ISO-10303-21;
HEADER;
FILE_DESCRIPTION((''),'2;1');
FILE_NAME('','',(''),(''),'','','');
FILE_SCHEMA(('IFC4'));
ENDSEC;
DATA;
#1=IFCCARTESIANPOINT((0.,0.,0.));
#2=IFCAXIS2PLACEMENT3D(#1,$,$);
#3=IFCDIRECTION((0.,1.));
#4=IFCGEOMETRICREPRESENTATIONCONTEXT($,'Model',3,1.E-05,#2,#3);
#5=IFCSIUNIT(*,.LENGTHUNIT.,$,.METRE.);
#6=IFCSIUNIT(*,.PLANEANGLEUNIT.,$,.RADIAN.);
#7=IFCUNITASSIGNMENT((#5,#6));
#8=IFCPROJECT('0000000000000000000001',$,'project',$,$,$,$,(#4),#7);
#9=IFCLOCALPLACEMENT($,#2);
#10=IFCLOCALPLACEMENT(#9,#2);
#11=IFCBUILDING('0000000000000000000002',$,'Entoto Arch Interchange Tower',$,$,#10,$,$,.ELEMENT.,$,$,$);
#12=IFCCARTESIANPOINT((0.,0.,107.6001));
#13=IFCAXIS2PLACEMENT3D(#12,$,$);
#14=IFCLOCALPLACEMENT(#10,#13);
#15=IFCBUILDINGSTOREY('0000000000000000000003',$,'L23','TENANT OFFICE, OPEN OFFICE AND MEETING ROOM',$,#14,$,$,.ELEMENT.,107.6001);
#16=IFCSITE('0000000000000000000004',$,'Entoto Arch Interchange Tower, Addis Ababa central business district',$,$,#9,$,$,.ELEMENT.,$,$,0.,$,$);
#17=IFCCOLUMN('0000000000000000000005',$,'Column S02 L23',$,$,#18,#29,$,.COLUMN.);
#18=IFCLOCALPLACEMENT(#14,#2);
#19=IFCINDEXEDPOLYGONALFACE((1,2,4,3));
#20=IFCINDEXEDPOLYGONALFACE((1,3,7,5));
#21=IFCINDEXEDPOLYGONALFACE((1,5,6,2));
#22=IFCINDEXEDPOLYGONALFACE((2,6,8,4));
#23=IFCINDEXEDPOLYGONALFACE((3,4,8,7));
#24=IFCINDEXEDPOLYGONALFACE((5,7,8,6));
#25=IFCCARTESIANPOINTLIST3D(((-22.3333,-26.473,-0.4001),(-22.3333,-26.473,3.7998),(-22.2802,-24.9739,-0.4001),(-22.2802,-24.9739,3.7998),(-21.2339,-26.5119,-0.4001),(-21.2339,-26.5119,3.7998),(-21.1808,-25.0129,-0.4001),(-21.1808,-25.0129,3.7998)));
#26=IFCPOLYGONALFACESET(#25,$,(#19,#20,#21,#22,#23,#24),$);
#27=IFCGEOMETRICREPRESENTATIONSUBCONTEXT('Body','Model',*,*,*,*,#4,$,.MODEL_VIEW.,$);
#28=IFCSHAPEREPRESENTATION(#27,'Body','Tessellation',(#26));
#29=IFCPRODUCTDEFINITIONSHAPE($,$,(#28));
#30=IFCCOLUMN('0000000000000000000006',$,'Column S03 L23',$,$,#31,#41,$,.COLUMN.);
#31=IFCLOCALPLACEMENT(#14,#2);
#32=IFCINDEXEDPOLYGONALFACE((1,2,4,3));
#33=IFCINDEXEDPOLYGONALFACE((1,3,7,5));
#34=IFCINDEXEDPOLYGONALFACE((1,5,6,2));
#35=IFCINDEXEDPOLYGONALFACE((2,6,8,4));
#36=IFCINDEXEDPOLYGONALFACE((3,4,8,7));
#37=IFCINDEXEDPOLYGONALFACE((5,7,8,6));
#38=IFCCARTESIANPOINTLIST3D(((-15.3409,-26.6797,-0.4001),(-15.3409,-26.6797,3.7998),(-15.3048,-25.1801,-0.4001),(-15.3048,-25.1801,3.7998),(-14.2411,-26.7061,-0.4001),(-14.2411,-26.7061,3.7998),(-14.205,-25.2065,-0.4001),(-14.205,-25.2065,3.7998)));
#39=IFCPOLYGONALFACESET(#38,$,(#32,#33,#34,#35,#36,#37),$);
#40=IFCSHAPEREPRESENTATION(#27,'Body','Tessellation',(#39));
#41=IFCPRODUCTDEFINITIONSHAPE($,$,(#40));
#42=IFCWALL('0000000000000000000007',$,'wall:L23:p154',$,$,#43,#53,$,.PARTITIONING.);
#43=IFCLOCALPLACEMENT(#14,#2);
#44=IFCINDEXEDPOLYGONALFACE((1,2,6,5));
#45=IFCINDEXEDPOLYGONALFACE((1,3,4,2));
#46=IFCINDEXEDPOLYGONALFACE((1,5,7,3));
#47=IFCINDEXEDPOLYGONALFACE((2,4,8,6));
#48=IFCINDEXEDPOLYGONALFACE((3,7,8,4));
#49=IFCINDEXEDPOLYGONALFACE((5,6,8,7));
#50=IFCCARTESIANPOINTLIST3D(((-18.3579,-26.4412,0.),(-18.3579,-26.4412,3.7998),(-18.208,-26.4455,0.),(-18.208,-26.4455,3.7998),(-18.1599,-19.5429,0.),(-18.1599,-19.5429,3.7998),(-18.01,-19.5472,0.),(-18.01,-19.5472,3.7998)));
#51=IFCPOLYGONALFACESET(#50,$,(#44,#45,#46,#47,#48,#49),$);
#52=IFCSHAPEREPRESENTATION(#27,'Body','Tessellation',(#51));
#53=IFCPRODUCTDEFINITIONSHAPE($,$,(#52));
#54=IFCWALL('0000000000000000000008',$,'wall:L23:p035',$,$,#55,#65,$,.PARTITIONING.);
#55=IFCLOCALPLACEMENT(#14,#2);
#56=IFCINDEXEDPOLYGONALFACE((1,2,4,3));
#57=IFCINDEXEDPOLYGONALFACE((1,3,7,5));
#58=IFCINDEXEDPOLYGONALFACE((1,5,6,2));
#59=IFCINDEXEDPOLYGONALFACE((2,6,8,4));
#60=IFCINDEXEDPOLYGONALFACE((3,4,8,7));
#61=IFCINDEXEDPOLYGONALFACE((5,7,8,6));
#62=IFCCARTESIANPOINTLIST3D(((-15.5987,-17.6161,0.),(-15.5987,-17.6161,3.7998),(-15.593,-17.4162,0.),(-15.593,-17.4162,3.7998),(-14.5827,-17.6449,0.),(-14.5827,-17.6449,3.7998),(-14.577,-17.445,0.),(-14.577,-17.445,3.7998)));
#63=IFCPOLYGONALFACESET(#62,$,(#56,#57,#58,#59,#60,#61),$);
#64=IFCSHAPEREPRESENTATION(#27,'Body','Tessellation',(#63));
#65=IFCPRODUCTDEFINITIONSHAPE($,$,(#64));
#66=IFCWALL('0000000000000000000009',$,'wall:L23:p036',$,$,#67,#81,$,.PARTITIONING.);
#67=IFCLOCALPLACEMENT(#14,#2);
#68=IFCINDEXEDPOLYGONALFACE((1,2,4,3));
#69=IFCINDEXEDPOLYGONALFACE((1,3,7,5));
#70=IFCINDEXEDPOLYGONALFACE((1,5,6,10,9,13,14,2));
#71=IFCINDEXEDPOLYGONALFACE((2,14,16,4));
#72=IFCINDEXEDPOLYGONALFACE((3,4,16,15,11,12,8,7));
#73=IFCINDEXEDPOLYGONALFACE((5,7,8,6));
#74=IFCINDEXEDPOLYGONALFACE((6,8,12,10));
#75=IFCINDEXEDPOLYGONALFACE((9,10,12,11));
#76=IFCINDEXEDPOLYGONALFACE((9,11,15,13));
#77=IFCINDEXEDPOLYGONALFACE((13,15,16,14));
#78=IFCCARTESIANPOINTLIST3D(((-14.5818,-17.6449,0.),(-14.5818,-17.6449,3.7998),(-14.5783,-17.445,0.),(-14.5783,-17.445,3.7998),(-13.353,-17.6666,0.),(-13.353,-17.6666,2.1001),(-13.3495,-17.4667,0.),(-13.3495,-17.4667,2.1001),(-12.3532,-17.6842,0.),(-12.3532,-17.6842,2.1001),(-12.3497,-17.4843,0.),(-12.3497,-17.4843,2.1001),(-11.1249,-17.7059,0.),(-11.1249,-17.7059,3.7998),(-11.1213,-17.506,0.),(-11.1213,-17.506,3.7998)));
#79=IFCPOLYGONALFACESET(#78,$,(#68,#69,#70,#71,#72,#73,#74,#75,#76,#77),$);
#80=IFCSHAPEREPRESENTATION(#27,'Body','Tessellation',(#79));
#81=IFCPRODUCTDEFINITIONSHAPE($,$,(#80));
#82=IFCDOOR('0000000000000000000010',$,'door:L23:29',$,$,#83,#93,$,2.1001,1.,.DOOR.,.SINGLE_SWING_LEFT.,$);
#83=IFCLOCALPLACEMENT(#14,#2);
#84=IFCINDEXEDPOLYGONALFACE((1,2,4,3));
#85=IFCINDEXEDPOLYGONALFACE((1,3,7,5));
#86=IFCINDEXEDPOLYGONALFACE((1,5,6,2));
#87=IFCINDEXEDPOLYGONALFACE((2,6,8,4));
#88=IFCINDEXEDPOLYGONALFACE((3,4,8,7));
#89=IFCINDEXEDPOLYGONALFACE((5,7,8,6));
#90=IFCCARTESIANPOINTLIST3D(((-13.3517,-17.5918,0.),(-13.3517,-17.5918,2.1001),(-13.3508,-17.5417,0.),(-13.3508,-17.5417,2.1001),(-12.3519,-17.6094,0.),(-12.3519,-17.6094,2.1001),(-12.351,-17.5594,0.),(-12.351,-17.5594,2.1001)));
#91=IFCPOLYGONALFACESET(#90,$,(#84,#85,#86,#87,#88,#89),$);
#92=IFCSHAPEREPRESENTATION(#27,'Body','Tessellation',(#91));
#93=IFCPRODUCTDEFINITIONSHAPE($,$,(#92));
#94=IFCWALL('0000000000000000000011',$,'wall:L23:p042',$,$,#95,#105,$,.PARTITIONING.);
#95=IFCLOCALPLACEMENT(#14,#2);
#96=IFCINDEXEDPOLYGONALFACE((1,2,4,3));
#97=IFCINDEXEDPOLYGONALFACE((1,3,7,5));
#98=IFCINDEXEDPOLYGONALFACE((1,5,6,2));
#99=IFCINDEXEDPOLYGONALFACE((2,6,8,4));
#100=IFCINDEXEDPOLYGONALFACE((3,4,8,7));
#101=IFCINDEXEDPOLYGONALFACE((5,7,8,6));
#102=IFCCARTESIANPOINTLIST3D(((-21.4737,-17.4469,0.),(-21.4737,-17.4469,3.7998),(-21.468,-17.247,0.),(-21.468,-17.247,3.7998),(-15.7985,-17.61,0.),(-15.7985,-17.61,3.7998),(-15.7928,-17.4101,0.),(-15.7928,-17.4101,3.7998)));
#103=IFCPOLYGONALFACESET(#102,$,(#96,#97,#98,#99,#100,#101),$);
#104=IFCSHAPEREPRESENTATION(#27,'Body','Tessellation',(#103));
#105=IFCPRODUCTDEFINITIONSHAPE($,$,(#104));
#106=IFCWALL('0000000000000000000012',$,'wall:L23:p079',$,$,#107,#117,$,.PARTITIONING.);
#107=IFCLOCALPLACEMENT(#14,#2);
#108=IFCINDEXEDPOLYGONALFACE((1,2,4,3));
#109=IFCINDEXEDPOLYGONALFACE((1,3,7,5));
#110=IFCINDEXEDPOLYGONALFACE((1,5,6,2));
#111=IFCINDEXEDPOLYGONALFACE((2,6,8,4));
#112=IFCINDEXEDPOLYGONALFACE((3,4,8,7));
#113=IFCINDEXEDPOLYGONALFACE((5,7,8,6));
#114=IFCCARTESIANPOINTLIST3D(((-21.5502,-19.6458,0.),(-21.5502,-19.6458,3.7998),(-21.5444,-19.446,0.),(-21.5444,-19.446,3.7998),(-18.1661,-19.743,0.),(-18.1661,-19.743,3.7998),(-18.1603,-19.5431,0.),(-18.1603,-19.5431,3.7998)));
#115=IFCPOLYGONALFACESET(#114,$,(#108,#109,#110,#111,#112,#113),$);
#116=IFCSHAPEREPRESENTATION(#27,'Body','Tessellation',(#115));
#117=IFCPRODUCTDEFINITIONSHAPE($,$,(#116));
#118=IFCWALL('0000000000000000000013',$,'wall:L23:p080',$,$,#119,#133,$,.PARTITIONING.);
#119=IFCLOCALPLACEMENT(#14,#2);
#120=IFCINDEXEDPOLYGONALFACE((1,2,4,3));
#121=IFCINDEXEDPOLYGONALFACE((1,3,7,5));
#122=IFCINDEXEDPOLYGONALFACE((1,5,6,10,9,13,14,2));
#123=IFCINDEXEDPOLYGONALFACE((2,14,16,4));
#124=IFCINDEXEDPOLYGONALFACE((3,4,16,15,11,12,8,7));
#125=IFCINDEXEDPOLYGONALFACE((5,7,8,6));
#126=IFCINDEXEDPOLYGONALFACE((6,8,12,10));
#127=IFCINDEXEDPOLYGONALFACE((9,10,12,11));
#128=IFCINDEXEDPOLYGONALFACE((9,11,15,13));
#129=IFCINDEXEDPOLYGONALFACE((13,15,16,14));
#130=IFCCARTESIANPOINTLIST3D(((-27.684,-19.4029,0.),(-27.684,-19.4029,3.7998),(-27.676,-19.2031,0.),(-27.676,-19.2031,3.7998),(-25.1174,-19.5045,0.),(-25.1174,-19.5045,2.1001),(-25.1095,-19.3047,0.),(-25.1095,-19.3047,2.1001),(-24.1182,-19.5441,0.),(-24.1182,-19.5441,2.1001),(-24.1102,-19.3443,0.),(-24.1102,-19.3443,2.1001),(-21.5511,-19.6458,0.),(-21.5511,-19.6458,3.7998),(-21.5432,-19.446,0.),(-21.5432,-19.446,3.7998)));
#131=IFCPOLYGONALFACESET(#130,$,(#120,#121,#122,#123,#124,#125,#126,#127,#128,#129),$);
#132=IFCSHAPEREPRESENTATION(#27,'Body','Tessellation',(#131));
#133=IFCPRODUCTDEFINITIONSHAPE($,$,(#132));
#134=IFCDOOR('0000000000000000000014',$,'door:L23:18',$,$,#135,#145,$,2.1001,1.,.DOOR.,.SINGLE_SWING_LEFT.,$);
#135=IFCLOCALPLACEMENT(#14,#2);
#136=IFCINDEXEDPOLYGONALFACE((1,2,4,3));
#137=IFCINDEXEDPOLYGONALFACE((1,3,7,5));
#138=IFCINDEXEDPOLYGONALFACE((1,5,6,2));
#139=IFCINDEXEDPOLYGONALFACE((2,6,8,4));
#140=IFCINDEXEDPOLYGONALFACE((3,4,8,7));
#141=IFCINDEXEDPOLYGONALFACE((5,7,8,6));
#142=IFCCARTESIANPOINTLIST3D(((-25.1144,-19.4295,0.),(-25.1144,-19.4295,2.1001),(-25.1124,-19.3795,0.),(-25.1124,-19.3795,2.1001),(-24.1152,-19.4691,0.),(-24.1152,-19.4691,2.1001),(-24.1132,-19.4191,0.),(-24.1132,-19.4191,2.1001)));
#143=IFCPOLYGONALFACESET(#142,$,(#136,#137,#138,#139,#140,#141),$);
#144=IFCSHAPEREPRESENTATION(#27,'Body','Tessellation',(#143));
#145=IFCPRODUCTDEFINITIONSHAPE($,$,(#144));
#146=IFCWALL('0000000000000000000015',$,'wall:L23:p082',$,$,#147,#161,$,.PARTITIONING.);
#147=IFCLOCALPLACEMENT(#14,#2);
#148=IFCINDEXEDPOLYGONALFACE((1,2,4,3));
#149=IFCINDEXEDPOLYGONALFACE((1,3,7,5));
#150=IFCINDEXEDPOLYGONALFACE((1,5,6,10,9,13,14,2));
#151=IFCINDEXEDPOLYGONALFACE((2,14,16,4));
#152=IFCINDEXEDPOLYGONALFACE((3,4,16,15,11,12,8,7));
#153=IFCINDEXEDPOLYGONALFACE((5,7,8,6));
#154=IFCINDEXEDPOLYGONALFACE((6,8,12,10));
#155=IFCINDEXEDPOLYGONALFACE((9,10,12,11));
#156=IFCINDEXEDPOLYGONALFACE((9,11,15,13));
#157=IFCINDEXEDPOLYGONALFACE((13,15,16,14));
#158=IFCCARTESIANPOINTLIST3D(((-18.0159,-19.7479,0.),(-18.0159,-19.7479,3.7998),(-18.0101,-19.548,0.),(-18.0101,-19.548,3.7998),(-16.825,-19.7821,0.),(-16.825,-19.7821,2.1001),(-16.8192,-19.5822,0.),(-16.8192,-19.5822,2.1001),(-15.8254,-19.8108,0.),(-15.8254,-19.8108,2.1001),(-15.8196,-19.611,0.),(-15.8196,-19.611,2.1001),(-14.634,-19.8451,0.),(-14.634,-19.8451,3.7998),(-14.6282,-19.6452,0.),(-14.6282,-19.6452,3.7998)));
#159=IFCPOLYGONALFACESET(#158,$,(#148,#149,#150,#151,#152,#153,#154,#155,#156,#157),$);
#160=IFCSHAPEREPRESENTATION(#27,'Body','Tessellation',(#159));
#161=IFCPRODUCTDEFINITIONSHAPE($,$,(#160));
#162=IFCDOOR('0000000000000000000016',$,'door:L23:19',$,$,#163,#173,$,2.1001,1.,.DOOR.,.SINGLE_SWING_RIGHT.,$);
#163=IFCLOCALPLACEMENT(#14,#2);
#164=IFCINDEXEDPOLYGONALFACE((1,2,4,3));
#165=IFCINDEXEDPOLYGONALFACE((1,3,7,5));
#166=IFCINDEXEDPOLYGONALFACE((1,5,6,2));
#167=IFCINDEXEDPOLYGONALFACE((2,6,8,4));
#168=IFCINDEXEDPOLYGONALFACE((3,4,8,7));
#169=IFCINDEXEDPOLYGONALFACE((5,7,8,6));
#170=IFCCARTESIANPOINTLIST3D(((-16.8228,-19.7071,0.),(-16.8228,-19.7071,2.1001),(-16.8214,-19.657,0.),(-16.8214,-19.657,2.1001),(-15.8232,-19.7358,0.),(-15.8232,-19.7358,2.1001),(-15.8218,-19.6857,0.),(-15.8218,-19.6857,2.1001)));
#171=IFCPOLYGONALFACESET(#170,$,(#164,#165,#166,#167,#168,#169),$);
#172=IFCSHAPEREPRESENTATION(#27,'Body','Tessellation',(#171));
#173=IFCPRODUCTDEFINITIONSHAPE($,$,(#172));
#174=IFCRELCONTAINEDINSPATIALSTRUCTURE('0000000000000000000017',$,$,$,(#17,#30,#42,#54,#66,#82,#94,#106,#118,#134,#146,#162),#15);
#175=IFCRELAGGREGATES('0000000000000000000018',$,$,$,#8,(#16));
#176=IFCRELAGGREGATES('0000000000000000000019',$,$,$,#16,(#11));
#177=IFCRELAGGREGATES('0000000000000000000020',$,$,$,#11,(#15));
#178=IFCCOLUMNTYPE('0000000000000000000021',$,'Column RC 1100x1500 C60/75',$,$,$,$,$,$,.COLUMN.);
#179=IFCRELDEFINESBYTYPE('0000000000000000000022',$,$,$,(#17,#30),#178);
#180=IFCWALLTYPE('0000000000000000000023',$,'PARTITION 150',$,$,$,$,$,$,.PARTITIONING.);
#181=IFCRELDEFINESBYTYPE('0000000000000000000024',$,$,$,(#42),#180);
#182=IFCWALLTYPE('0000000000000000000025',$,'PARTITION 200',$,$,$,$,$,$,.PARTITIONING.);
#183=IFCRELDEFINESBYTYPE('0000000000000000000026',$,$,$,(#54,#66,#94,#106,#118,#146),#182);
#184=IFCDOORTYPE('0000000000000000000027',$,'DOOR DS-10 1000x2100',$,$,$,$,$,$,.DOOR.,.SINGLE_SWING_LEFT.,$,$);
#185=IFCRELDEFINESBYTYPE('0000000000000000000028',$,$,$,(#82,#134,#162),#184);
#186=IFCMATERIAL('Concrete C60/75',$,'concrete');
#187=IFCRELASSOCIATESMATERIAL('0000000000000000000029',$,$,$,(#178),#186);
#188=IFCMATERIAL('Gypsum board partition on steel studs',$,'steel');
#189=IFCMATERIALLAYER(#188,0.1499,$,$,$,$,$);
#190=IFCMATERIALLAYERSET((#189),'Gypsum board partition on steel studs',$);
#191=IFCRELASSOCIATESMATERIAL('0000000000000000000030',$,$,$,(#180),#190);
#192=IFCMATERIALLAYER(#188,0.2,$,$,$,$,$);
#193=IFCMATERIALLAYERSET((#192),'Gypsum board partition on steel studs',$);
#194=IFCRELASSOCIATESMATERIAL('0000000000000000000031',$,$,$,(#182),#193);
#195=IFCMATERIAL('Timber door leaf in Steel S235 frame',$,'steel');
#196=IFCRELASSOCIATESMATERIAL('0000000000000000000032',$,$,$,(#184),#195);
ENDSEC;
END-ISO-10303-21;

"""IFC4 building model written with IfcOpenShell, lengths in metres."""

from ifc_helpers import new_model, si_unit, direction, frame, frame_2d, origin, origin_2d, place, context, subcontext, project, spatial, rectangle, extrude, material, layer, layer_set, material_profile, profile_set, type_object, element, fill, save


model = new_model("IFC4")

# Units and contexts
model_context = context("Model", 3, precision=1e-05, world=origin(), true_north=direction((0.0, 1.0)))
body_context = subcontext(model_context, "Body", "Model", "MODEL_VIEW")
ifc_project = project(units=[si_unit("LENGTHUNIT", "METRE"), si_unit("PLANEANGLEUNIT", "RADIAN")], contexts=[model_context])

# Site, building, storey
site_placement = place(None, origin())
site = spatial("IfcSite", under=ifc_project, at=site_placement, Name="Entoto Arch Interchange Tower, Addis Ababa central business district", CompositionType="ELEMENT", RefElevation=0.0)
building_placement = place(site_placement, origin())
building = spatial("IfcBuilding", under=site, at=building_placement, Name="Entoto Arch Interchange Tower", CompositionType="ELEMENT")
storey_placement = place(building_placement, frame((0.0, 0.0, 107.6001)))
storey = spatial("IfcBuildingStorey", under=building, at=storey_placement, Name="L23", Description="TENANT OFFICE, OPEN OFFICE AND MEETING ROOM", CompositionType="ELEMENT", Elevation=107.6001)

# Columns
ifc_material_1 = material(Name="Concrete C60/75", Category="concrete")
ifc_material_profile = material_profile(ifc_material_1, rectangle(XDim=1.1001, YDim=1.5, at=origin_2d()))
ifc_profile_set = profile_set([ifc_material_profile], Name="Concrete C60/75")
column_type = type_object("IfcColumnType", Name="Column RC 1100x1500 C60/75", PredefinedType="COLUMN", material=ifc_profile_set)
for number, where, z_axis, x_axis, name in (
    (1, (-21.7571, -25.7429, -0.4001), (0.0, 0.0, 1.0), (-0.999374, 0.035388, 0.0), "Column S02 L23"),
    (2, (-14.7729, -25.9431, -0.4001), (0.0, 0.0, 1.0), (-0.999711, 0.024031, 0.0), "Column S03 L23"),
):
    element("IfcColumn", number, at=place(storey_placement, frame(where, z_axis=z_axis, x_axis=x_axis)), inside=storey, type_object=column_type, Name=name, PredefinedType="COLUMN", context=body_context, shape_type="SweptSolid", body=[
        extrude(rectangle(XDim=1.1001, YDim=1.5, at=origin_2d()), origin(), (0.0, 0.0, 1.0), 4.2),
    ])

# Walls
ifc_material_2 = material(Name="Gypsum board partition on steel studs", Category="steel")
ifc_layer_1 = layer(ifc_material_2, 0.1499)
ifc_layer_set_1 = layer_set([ifc_layer_1], Name="Gypsum board partition on steel studs")
wall_type_1 = type_object("IfcWallType", Name="PARTITION 150", PredefinedType="PARTITIONING", material=ifc_layer_set_1)
wall_1_placement = place(storey_placement, frame((-18.085, -19.5449, 0.0), z_axis=(0.0, 0.0, 1.0), x_axis=(-0.028691, -0.999588, 0.0)))
element("IfcWall", 3, at=wall_1_placement, inside=storey, type_object=wall_type_1, Name="wall:L23:p154", PredefinedType="PARTITIONING", context=body_context, shape_type="SweptSolid", body=[
    extrude(rectangle(XDim=6.9011, YDim=0.1499, at=frame_2d((3.4507, 0.0))), origin(), (0.0, 0.0, 1.0), 3.7998),
])
ifc_layer_2 = layer(ifc_material_2, 0.2)
ifc_layer_set_2 = layer_set([ifc_layer_2], Name="Gypsum board partition on steel studs")
wall_type_2 = type_object("IfcWallType", Name="PARTITION 200", PredefinedType="PARTITIONING", material=ifc_layer_set_2)
wall_2_placement = place(storey_placement, frame((-15.5959, -17.5161, 0.0), z_axis=(0.0, 0.0, 1.0), x_axis=(0.999598, -0.028347, 0.0)))
element("IfcWall", 4, at=wall_2_placement, inside=storey, type_object=wall_type_2, Name="wall:L23:p035", PredefinedType="PARTITIONING", context=body_context, shape_type="SweptSolid", body=[
    extrude(rectangle(XDim=1.0164, YDim=0.2, at=frame_2d((0.5083, 0.0))), origin(), (0.0, 0.0, 1.0), 3.7998),
])

# Wall, opening, door
wall_3_placement = place(storey_placement, frame((-14.5801, -17.5449, 0.0), z_axis=(0.0, 0.0, 1.0), x_axis=(0.999844, -0.017653, 0.0)))
wall_3 = element("IfcWall", 5, at=wall_3_placement, inside=storey, type_object=wall_type_2, Name="wall:L23:p036", PredefinedType="PARTITIONING", context=body_context, shape_type="SweptSolid", body=[
    extrude(rectangle(XDim=3.4575, YDim=0.2, at=frame_2d((1.7288, 0.0))), origin(), (0.0, 0.0, 1.0), 3.7998),
])
opening_1_placement = place(wall_3_placement, frame((1.229, 0.0, 0.0)))
opening_1 = element("IfcOpeningElement", 6, at=opening_1_placement, cuts=wall_3, PredefinedType="OPENING", context=body_context, shape_type="SweptSolid", body=[
    extrude(rectangle(XDim=1.0, YDim=2.1001, at=frame_2d((0.5, 1.05))), frame((0.0, 0.1099, 0.0), z_axis=(0.0, -1.0, 0.0), x_axis=(1.0, 0.0, 0.0)), (0.0, 0.0, 1.0), 0.22),
])
ifc_material_3 = material(Name="Timber door leaf in Steel S235 frame", Category="steel")
door_type = type_object("IfcDoorType", Name="DOOR DS-10 1000x2100", OperationType="SINGLE_SWING_LEFT", PredefinedType="DOOR", material=ifc_material_3)
door_1_placement = place(opening_1_placement, origin())
door_1 = element("IfcDoor", 7, at=door_1_placement, inside=storey, type_object=door_type, Name="door:L23:29", OperationType="SINGLE_SWING_LEFT", OverallHeight=2.1001, OverallWidth=1.0, PredefinedType="DOOR", context=body_context, shape_type="SweptSolid", body=[
    extrude(rectangle(XDim=1.0, YDim=2.1001, at=frame_2d((0.5, 1.05))), frame((0.0, 0.0249, 0.0), z_axis=(0.0, -1.0, 0.0), x_axis=(1.0, 0.0, 0.0)), (0.0, 0.0, 1.0), 0.05),
])
fill(opening_1, door_1)

# Walls
wall_4_placement = place(storey_placement, frame((-21.4709, -17.3469, 0.0), z_axis=(0.0, 0.0, 1.0), x_axis=(0.999587, -0.028726, 0.0)))
element("IfcWall", 8, at=wall_4_placement, inside=storey, type_object=wall_type_2, Name="wall:L23:p042", PredefinedType="PARTITIONING", context=body_context, shape_type="SweptSolid", body=[
    extrude(rectangle(XDim=5.6775, YDim=0.2, at=frame_2d((2.8389, 0.0))), origin(), (0.0, 0.0, 1.0), 3.7998),
])
wall_5_placement = place(storey_placement, frame((-18.1631, -19.6431, 0.0), z_axis=(0.0, 0.0, 1.0), x_axis=(-0.999588, 0.028702, 0.0)))
element("IfcWall", 9, at=wall_5_placement, inside=storey, type_object=wall_type_2, Name="wall:L23:p079", PredefinedType="PARTITIONING", context=body_context, shape_type="SweptSolid", body=[
    extrude(rectangle(XDim=3.3855, YDim=0.2, at=frame_2d((1.6929, 0.0))), origin(), (0.0, 0.0, 1.0), 3.7998),
])

# Walls, openings, doors
wall_6_placement = place(storey_placement, frame((-21.5471, -19.5459, 0.0), z_axis=(0.0, 0.0, 1.0), x_axis=(-0.999216, 0.039579, 0.0)))
wall_6 = element("IfcWall", 10, at=wall_6_placement, inside=storey, type_object=wall_type_2, Name="wall:L23:p080", PredefinedType="PARTITIONING", context=body_context, shape_type="SweptSolid", body=[
    extrude(rectangle(XDim=6.1377, YDim=0.2, at=frame_2d((3.0688, 0.0))), origin(), (0.0, 0.0, 1.0), 3.7998),
])
opening_2_placement = place(wall_6_placement, frame((2.5691, 0.0, 0.0)))
opening_2 = element("IfcOpeningElement", 11, at=opening_2_placement, cuts=wall_6, PredefinedType="OPENING", context=body_context, shape_type="SweptSolid", body=[
    extrude(rectangle(XDim=1.0, YDim=2.1001, at=frame_2d((0.5, 1.05))), frame((0.0, 0.1099, 0.0), z_axis=(0.0, -1.0, 0.0), x_axis=(1.0, 0.0, 0.0)), (0.0, 0.0, 1.0), 0.22),
])
door_2_placement = place(opening_2_placement, origin())
door_2 = element("IfcDoor", 12, at=door_2_placement, inside=storey, type_object=door_type, Name="door:L23:18", OperationType="SINGLE_SWING_LEFT", OverallHeight=2.1001, OverallWidth=1.0, PredefinedType="DOOR", context=body_context, shape_type="SweptSolid", body=[
    extrude(rectangle(XDim=1.0, YDim=2.1001, at=frame_2d((0.5, 1.05))), frame((0.0, 0.0249, 0.0), z_axis=(0.0, -1.0, 0.0), x_axis=(1.0, 0.0, 0.0)), (0.0, 0.0, 1.0), 0.05),
])
fill(opening_2, door_2)
wall_7_placement = place(storey_placement, frame((-14.6311, -19.7451, 0.0), z_axis=(0.0, 0.0, 1.0), x_axis=(-0.999587, 0.02872, 0.0)))
wall_7 = element("IfcWall", 13, at=wall_7_placement, inside=storey, type_object=wall_type_2, Name="wall:L23:p082", PredefinedType="PARTITIONING", context=body_context, shape_type="SweptSolid", body=[
    extrude(rectangle(XDim=3.3833, YDim=0.2, at=frame_2d((1.6917, 0.0))), origin(), (0.0, 0.0, 1.0), 3.7998),
])
opening_3_placement = place(wall_7_placement, frame((1.1919, 0.0, 0.0)))
opening_3 = element("IfcOpeningElement", 14, at=opening_3_placement, cuts=wall_7, PredefinedType="OPENING", context=body_context, shape_type="SweptSolid", body=[
    extrude(rectangle(XDim=1.0, YDim=2.1001, at=frame_2d((0.5, 1.05))), frame((0.0, 0.1099, 0.0), z_axis=(0.0, -1.0, 0.0), x_axis=(1.0, 0.0, 0.0)), (0.0, 0.0, 1.0), 0.22),
])
door_3_placement = place(opening_3_placement, origin())
door_3 = element("IfcDoor", 15, at=door_3_placement, inside=storey, type_object=door_type, Name="door:L23:19", OperationType="SINGLE_SWING_RIGHT", OverallHeight=2.1001, OverallWidth=1.0, PredefinedType="DOOR", context=body_context, shape_type="SweptSolid", body=[
    extrude(rectangle(XDim=1.0, YDim=2.1001, at=frame_2d((0.5, 1.05))), frame((0.0, 0.0249, 0.0), z_axis=(0.0, -1.0, 0.0), x_axis=(1.0, 0.0, 0.0)), (0.0, 0.0, 1.0), 0.05),
])
fill(opening_3, door_3)

save(model, "model.ifc")
